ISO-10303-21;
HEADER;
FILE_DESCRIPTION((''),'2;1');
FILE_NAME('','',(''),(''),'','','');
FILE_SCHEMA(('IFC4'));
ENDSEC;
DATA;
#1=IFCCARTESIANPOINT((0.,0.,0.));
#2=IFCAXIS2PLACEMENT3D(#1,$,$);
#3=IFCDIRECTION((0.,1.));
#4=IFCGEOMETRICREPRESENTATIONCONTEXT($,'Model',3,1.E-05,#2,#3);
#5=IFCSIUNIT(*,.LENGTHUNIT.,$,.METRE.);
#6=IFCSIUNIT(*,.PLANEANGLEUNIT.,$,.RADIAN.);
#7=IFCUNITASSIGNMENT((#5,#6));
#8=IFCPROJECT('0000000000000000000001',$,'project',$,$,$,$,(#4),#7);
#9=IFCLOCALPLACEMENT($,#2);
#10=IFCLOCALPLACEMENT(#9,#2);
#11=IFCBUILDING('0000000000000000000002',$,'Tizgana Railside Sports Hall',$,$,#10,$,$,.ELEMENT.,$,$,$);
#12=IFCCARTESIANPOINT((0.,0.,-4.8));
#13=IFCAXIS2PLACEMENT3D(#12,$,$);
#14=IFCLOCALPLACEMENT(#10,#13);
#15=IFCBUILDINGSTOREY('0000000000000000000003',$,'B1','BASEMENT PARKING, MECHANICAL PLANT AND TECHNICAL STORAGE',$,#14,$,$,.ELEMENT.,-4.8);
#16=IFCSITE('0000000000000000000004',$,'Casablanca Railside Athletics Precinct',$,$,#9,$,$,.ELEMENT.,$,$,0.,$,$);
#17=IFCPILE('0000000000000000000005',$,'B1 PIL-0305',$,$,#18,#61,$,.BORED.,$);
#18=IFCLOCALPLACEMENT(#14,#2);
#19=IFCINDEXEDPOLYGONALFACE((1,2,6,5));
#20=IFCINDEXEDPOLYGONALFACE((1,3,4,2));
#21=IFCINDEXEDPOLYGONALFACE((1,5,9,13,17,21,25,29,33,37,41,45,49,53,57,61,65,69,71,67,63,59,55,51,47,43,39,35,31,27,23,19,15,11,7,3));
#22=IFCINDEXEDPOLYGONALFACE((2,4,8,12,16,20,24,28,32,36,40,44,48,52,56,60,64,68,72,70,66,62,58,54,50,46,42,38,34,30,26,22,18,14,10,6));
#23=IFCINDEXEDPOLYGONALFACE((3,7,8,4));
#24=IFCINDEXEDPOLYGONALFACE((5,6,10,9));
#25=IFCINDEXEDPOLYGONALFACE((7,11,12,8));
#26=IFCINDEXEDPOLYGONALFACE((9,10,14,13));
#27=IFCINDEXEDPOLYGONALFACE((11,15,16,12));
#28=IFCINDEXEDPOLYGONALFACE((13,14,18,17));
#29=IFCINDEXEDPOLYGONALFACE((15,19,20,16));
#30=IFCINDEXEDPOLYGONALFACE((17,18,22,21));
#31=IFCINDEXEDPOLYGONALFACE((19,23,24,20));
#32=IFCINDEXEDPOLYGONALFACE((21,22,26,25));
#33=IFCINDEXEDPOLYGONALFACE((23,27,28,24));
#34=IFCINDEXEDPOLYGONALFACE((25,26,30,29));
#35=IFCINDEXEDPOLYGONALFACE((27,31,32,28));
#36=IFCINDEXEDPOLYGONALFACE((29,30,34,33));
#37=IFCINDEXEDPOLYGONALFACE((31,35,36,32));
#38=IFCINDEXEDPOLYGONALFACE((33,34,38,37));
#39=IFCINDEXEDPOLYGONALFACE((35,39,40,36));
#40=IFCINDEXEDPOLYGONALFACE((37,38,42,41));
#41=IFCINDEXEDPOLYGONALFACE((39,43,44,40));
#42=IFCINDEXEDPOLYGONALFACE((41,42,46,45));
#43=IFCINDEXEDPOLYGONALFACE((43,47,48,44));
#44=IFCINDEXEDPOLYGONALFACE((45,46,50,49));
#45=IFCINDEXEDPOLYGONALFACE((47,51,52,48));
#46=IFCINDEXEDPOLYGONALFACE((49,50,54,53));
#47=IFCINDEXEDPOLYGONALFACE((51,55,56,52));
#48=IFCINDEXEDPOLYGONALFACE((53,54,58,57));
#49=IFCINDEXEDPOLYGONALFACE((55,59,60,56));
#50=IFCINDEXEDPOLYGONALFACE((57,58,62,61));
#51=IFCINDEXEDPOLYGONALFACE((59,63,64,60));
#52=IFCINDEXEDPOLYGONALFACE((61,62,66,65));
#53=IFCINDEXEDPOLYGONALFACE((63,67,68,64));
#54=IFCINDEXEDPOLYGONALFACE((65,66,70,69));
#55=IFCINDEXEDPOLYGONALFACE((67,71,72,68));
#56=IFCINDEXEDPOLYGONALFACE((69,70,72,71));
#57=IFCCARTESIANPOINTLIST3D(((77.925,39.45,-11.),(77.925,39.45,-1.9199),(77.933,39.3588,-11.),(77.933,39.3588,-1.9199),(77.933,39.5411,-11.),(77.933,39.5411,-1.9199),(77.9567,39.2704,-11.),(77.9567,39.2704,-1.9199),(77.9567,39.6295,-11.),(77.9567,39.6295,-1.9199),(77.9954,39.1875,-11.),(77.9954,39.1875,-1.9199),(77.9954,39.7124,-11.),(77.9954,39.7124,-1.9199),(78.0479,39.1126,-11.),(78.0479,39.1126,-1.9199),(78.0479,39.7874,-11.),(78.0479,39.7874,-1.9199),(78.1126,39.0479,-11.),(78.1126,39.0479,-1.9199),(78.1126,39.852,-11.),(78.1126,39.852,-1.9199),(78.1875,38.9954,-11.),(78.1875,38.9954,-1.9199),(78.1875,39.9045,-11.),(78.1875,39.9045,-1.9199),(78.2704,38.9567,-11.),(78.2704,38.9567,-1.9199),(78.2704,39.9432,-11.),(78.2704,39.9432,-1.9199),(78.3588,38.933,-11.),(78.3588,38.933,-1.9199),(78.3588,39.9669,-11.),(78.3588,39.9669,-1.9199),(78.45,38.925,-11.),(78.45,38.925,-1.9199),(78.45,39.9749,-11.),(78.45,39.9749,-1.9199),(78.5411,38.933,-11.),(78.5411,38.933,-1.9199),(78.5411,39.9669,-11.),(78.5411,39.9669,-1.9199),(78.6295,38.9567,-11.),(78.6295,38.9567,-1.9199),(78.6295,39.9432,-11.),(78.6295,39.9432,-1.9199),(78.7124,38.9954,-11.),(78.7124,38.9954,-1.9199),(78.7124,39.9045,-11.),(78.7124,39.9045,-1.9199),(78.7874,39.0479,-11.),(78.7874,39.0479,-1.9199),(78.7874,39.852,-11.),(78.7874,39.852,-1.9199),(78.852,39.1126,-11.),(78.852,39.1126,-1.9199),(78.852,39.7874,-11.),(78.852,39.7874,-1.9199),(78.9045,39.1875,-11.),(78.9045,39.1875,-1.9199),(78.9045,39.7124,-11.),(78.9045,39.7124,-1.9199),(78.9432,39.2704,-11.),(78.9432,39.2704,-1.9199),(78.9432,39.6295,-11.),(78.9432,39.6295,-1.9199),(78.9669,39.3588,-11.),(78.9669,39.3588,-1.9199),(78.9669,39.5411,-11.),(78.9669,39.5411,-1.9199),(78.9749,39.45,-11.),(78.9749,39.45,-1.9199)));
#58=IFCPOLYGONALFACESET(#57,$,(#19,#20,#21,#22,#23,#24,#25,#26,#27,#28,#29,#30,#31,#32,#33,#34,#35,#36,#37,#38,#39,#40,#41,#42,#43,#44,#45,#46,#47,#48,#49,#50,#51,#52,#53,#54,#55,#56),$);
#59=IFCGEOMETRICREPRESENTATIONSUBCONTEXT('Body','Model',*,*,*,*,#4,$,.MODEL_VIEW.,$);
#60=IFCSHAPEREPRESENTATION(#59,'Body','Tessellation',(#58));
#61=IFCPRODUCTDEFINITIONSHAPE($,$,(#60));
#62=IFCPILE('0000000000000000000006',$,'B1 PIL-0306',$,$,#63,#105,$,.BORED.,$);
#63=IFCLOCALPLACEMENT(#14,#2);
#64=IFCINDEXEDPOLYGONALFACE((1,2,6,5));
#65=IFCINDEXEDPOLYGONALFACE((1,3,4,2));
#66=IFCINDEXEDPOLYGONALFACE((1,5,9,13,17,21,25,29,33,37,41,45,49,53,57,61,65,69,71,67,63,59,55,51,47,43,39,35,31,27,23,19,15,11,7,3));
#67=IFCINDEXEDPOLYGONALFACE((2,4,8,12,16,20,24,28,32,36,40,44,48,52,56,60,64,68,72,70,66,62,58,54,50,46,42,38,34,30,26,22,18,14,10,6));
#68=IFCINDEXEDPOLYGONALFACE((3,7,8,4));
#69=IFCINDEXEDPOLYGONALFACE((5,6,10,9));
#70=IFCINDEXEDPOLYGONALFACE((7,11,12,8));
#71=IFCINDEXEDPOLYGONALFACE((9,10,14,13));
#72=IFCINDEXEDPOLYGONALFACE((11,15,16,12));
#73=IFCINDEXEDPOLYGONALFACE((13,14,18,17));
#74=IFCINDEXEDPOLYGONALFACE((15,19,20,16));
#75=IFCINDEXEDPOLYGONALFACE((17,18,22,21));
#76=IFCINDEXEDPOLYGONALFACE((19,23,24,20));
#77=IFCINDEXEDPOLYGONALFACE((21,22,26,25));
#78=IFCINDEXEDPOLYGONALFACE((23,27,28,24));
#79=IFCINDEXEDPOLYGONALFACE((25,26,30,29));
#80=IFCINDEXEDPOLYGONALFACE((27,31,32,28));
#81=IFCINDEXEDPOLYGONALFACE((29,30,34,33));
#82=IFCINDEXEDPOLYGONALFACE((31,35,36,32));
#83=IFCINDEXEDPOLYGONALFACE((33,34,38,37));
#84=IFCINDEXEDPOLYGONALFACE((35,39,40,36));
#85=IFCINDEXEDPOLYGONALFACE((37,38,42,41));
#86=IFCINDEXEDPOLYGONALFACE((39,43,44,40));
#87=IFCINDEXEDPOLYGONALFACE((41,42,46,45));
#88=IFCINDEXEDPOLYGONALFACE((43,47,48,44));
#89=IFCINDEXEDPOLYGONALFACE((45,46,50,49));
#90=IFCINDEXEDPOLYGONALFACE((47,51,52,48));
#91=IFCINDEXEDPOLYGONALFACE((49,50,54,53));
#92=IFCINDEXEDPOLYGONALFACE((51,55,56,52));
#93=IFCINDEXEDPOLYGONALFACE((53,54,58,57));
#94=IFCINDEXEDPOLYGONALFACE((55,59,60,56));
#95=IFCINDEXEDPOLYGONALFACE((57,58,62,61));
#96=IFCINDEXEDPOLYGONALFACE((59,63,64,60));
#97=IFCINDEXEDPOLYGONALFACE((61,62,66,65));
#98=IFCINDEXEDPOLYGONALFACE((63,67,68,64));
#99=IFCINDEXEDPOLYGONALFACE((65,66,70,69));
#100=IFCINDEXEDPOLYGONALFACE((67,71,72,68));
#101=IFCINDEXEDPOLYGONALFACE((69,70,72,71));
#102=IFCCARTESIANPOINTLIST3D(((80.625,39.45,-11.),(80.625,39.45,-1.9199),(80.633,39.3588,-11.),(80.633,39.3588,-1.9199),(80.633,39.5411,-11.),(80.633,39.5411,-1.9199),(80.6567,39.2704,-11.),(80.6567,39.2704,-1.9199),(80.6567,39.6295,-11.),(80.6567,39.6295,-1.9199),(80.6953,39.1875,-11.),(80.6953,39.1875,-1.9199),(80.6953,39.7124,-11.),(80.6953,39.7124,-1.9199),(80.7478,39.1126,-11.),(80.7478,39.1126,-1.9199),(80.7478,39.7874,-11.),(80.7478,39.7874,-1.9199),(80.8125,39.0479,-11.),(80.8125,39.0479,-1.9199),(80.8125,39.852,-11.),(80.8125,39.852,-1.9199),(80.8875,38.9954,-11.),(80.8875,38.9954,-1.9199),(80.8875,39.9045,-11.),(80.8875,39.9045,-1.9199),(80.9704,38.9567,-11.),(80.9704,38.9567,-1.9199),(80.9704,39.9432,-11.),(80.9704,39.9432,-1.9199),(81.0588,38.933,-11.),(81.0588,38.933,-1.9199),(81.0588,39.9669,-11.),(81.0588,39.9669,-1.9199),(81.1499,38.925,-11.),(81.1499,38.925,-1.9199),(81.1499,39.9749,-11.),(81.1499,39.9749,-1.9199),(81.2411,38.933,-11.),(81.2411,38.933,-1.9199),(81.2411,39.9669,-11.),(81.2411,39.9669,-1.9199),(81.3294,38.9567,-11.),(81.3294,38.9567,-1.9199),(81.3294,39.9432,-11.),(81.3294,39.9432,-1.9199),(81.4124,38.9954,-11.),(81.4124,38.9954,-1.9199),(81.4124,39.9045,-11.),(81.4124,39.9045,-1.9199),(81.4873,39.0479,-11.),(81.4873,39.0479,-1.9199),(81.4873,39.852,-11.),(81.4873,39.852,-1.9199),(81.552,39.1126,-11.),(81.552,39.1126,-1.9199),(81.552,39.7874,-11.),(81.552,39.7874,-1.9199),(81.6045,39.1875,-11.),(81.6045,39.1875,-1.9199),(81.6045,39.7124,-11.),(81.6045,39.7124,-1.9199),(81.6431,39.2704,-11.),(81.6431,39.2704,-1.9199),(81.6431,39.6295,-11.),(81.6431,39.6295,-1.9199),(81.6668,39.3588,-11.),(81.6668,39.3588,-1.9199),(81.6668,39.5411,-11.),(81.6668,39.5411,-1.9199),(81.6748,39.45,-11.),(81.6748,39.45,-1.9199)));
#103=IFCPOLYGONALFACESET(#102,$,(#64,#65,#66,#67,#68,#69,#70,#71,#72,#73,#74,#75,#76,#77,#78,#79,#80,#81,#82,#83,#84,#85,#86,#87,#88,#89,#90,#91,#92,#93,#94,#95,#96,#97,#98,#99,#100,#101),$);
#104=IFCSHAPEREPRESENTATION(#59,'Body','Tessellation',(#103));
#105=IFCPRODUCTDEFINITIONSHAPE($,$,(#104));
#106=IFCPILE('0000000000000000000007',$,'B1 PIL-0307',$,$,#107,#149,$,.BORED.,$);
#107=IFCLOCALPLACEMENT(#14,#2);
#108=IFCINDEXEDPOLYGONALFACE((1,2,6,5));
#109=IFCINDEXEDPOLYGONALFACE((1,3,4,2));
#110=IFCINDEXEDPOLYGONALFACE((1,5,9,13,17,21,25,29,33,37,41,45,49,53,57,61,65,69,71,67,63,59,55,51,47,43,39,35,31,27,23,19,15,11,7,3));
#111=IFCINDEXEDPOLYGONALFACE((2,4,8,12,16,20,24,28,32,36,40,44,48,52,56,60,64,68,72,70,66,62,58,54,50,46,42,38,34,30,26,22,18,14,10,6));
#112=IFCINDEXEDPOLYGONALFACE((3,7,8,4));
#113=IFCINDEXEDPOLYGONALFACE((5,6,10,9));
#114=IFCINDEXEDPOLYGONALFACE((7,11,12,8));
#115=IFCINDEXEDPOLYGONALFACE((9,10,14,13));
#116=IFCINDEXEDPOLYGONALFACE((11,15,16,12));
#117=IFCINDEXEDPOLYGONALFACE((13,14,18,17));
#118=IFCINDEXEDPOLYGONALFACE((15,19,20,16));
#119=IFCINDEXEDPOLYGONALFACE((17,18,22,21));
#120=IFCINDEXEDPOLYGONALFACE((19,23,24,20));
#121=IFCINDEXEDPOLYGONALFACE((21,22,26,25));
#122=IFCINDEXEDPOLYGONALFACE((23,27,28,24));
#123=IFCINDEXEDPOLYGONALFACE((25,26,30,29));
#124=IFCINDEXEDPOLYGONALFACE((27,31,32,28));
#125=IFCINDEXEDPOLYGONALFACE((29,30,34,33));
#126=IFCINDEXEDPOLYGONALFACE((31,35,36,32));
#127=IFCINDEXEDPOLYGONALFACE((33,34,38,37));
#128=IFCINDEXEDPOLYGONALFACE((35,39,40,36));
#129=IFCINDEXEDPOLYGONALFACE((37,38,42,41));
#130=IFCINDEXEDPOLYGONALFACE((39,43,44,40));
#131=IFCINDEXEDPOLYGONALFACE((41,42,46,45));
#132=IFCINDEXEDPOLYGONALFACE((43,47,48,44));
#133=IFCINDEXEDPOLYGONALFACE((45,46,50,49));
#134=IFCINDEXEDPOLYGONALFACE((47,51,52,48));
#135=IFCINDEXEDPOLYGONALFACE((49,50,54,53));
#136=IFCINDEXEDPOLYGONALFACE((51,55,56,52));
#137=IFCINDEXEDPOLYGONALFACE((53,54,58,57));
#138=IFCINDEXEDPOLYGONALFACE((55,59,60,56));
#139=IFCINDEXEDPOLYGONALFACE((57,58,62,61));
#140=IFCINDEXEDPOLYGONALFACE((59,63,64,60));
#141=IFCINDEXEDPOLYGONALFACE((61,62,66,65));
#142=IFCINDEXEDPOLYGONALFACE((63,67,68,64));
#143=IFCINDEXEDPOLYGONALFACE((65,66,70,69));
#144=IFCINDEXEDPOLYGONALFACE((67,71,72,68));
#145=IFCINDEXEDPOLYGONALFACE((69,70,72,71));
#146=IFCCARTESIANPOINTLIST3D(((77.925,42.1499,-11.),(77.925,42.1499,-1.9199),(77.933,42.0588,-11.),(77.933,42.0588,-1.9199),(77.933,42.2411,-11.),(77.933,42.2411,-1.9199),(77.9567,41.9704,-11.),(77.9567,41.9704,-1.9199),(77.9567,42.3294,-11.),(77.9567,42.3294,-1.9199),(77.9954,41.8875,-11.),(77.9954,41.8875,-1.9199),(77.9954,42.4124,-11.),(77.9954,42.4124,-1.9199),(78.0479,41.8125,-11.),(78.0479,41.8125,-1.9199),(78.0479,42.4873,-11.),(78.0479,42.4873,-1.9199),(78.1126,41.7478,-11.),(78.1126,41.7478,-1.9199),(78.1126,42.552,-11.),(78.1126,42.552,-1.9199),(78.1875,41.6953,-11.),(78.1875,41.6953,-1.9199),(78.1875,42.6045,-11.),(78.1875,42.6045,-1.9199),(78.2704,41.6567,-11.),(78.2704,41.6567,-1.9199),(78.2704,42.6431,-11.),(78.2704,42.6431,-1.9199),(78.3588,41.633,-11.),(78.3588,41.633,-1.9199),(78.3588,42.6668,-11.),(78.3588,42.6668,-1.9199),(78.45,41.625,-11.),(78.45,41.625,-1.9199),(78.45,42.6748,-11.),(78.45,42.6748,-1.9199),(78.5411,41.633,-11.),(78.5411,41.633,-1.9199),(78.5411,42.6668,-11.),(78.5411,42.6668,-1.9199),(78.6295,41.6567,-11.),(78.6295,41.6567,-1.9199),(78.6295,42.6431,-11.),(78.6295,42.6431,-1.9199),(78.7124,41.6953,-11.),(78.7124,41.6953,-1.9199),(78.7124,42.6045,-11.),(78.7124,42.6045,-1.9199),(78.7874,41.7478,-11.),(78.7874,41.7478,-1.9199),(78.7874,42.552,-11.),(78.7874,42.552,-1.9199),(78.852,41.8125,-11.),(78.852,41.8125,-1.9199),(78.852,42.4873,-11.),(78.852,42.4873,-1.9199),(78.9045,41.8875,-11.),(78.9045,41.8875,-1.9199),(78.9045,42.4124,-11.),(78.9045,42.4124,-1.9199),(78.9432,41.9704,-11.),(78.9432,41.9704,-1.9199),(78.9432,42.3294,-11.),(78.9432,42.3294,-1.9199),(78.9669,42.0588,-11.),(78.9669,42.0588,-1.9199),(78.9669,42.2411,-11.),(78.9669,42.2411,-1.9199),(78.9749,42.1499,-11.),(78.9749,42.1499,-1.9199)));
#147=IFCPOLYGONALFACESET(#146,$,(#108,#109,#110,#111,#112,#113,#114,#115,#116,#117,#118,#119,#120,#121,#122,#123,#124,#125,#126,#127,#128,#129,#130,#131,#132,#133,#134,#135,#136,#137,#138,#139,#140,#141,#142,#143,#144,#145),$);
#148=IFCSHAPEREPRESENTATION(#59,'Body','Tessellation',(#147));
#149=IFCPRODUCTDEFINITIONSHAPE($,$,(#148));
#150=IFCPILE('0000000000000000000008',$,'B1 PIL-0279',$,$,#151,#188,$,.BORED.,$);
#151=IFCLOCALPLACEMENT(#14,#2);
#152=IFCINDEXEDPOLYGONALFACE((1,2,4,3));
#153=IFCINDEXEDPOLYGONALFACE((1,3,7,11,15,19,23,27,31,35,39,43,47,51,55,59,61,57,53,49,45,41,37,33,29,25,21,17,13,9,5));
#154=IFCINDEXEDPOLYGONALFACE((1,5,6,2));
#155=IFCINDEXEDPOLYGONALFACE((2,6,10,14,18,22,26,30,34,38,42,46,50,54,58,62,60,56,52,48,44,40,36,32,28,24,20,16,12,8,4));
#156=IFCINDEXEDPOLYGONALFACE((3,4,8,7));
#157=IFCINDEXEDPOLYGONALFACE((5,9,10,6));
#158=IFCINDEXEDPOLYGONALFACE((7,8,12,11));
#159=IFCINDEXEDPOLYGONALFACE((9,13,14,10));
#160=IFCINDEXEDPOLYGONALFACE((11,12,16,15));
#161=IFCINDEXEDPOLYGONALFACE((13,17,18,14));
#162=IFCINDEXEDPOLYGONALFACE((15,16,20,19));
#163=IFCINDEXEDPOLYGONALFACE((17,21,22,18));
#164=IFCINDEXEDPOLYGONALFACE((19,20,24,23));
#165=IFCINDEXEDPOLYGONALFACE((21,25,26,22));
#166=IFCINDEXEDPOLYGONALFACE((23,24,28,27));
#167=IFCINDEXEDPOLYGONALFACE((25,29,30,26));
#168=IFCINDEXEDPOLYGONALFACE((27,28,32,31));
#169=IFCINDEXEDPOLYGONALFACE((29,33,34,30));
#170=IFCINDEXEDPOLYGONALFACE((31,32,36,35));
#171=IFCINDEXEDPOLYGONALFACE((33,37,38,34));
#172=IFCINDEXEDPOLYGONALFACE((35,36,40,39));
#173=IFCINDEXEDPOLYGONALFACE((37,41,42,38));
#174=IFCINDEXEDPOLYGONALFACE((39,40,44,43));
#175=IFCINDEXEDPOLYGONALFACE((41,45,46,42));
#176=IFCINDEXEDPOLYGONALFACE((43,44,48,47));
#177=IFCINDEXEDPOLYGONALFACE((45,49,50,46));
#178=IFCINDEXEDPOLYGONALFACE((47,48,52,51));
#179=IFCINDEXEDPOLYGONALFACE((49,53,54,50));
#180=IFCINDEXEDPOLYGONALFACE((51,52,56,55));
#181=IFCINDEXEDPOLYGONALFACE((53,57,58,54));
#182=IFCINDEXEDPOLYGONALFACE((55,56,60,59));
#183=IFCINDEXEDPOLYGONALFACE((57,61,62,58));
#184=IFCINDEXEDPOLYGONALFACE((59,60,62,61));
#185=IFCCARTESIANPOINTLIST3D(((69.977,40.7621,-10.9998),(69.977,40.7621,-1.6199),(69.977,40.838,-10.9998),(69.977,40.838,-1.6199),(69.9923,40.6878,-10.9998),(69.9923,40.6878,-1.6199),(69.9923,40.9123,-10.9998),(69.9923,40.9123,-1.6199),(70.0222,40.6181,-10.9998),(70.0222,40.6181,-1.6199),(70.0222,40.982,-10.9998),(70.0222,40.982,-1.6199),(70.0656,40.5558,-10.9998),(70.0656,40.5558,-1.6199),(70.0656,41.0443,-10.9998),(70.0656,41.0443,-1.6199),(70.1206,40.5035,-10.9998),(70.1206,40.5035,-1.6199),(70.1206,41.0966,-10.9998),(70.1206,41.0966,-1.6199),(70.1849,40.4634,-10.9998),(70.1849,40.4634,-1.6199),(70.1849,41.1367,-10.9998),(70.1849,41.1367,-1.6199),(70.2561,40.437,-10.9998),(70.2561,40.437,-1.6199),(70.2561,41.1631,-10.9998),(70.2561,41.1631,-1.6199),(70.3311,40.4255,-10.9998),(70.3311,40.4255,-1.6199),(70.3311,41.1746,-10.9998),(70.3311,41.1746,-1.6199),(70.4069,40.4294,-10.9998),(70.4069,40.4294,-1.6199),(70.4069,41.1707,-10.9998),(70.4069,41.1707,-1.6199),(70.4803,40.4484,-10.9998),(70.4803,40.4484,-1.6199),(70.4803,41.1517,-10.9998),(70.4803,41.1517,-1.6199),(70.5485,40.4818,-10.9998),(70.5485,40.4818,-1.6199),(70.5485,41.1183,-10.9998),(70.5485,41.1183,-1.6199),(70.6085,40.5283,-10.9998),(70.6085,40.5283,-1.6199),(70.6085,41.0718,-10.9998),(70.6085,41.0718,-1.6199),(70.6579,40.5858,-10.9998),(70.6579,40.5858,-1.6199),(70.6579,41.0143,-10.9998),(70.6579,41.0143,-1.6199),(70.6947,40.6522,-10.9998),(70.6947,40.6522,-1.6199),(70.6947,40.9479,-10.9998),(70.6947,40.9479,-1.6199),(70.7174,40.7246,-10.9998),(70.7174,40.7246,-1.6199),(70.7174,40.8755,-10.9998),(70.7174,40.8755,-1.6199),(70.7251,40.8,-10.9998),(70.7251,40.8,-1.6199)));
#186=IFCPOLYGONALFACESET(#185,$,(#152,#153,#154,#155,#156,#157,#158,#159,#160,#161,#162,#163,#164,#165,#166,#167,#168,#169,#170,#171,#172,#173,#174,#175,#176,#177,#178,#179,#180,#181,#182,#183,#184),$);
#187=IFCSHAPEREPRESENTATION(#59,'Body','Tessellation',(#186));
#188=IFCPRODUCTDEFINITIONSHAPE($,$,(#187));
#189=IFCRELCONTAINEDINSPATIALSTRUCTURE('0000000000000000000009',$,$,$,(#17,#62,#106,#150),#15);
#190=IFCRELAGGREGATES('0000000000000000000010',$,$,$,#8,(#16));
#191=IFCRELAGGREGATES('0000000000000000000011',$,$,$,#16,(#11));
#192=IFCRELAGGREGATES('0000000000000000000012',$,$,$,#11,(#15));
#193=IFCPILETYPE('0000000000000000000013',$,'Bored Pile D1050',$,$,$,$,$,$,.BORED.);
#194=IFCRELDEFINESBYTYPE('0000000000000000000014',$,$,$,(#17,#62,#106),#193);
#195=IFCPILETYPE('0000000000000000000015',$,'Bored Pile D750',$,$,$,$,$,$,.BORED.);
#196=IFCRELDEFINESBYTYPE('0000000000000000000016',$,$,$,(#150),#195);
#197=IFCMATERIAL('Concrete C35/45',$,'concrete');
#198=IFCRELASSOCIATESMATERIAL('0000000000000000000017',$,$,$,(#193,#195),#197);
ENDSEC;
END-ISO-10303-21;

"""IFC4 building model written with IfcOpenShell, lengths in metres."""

from ifc_helpers import new_model, si_unit, direction, frame, origin, origin_2d, place, context, subcontext, project, spatial, circle, extrude, material, material_profile, profile_set, type_object, element, save


model = new_model("IFC4")

# Units and contexts
model_context = context("Model", 3, precision=1e-05, world=origin(), true_north=direction((0.0, 1.0)))
body_context = subcontext(model_context, "Body", "Model", "MODEL_VIEW")
ifc_project = project(units=[si_unit("LENGTHUNIT", "METRE"), si_unit("PLANEANGLEUNIT", "RADIAN")], contexts=[model_context])

# Site, building, storey
site_placement = place(None, origin())
site = spatial("IfcSite", under=ifc_project, at=site_placement, Name="Casablanca Railside Athletics Precinct", CompositionType="ELEMENT", RefElevation=0.0)
building_placement = place(site_placement, origin())
building = spatial("IfcBuilding", under=site, at=building_placement, Name="Tizgana Railside Sports Hall", CompositionType="ELEMENT")
storey_placement = place(building_placement, frame((0.0, 0.0, -4.8)))
storey = spatial("IfcBuildingStorey", under=building, at=storey_placement, Name="B1", Description="BASEMENT PARKING, MECHANICAL PLANT AND TECHNICAL STORAGE", CompositionType="ELEMENT", Elevation=-4.8)

# Piles
ifc_material_1 = material(Name="Concrete C35/45", Category="concrete")
ifc_material_profile_1 = material_profile(ifc_material_1, circle(Radius=0.5249, at=origin_2d()), Name="PILE D1050")
ifc_profile_set_1 = profile_set([ifc_material_profile_1], Name="Concrete C35/45")
pile_type_1 = type_object("IfcPileType", Name="Bored Pile D1050", PredefinedType="BORED", material=ifc_profile_set_1)
for number, where, z_axis, x_axis, name in (
    (1, (78.45, 39.45, -1.9199), (0.0, 0.0, -1.0), (1.0, 0.0, 0.0), "B1 PIL-0305"),
    (2, (81.1499, 39.45, -1.9199), (0.0, 0.0, -1.0), (1.0, 0.0, 0.0), "B1 PIL-0306"),
    (3, (78.45, 42.1499, -1.9199), (0.0, 0.0, -1.0), (1.0, 0.0, 0.0), "B1 PIL-0307"),
):
    element("IfcPile", number, at=place(storey_placement, frame(where, z_axis=z_axis, x_axis=x_axis)), inside=storey, type_object=pile_type_1, Name=name, PredefinedType="BORED", context=body_context, shape_type="SweptSolid", body=[
        extrude(circle(Radius=0.5249, at=origin_2d()), origin(), (0.0, 0.0, 1.0), 9.0801),
    ])
ifc_material_profile_2 = material_profile(ifc_material_1, circle(Radius=0.375, at=origin_2d()), Name="PILE D750")
ifc_profile_set_2 = profile_set([ifc_material_profile_2], Name="Concrete C35/45")
pile_type_2 = type_object("IfcPileType", Name="Bored Pile D750", PredefinedType="BORED", material=ifc_profile_set_2)
for number, where, z_axis, x_axis, name in (
    (4, (70.3501, 40.8, -1.6199), (0.0, 0.0, -1.0), (1.0, 0.0, 0.0), "B1 PIL-0279"),
):
    element("IfcPile", number, at=place(storey_placement, frame(where, z_axis=z_axis, x_axis=x_axis)), inside=storey, type_object=pile_type_2, Name=name, PredefinedType="BORED", context=body_context, shape_type="SweptSolid", body=[
        extrude(circle(Radius=0.375, at=origin_2d()), origin(), (0.0, 0.0, 1.0), 9.3799),
    ])

save(model, "model.ifc")
